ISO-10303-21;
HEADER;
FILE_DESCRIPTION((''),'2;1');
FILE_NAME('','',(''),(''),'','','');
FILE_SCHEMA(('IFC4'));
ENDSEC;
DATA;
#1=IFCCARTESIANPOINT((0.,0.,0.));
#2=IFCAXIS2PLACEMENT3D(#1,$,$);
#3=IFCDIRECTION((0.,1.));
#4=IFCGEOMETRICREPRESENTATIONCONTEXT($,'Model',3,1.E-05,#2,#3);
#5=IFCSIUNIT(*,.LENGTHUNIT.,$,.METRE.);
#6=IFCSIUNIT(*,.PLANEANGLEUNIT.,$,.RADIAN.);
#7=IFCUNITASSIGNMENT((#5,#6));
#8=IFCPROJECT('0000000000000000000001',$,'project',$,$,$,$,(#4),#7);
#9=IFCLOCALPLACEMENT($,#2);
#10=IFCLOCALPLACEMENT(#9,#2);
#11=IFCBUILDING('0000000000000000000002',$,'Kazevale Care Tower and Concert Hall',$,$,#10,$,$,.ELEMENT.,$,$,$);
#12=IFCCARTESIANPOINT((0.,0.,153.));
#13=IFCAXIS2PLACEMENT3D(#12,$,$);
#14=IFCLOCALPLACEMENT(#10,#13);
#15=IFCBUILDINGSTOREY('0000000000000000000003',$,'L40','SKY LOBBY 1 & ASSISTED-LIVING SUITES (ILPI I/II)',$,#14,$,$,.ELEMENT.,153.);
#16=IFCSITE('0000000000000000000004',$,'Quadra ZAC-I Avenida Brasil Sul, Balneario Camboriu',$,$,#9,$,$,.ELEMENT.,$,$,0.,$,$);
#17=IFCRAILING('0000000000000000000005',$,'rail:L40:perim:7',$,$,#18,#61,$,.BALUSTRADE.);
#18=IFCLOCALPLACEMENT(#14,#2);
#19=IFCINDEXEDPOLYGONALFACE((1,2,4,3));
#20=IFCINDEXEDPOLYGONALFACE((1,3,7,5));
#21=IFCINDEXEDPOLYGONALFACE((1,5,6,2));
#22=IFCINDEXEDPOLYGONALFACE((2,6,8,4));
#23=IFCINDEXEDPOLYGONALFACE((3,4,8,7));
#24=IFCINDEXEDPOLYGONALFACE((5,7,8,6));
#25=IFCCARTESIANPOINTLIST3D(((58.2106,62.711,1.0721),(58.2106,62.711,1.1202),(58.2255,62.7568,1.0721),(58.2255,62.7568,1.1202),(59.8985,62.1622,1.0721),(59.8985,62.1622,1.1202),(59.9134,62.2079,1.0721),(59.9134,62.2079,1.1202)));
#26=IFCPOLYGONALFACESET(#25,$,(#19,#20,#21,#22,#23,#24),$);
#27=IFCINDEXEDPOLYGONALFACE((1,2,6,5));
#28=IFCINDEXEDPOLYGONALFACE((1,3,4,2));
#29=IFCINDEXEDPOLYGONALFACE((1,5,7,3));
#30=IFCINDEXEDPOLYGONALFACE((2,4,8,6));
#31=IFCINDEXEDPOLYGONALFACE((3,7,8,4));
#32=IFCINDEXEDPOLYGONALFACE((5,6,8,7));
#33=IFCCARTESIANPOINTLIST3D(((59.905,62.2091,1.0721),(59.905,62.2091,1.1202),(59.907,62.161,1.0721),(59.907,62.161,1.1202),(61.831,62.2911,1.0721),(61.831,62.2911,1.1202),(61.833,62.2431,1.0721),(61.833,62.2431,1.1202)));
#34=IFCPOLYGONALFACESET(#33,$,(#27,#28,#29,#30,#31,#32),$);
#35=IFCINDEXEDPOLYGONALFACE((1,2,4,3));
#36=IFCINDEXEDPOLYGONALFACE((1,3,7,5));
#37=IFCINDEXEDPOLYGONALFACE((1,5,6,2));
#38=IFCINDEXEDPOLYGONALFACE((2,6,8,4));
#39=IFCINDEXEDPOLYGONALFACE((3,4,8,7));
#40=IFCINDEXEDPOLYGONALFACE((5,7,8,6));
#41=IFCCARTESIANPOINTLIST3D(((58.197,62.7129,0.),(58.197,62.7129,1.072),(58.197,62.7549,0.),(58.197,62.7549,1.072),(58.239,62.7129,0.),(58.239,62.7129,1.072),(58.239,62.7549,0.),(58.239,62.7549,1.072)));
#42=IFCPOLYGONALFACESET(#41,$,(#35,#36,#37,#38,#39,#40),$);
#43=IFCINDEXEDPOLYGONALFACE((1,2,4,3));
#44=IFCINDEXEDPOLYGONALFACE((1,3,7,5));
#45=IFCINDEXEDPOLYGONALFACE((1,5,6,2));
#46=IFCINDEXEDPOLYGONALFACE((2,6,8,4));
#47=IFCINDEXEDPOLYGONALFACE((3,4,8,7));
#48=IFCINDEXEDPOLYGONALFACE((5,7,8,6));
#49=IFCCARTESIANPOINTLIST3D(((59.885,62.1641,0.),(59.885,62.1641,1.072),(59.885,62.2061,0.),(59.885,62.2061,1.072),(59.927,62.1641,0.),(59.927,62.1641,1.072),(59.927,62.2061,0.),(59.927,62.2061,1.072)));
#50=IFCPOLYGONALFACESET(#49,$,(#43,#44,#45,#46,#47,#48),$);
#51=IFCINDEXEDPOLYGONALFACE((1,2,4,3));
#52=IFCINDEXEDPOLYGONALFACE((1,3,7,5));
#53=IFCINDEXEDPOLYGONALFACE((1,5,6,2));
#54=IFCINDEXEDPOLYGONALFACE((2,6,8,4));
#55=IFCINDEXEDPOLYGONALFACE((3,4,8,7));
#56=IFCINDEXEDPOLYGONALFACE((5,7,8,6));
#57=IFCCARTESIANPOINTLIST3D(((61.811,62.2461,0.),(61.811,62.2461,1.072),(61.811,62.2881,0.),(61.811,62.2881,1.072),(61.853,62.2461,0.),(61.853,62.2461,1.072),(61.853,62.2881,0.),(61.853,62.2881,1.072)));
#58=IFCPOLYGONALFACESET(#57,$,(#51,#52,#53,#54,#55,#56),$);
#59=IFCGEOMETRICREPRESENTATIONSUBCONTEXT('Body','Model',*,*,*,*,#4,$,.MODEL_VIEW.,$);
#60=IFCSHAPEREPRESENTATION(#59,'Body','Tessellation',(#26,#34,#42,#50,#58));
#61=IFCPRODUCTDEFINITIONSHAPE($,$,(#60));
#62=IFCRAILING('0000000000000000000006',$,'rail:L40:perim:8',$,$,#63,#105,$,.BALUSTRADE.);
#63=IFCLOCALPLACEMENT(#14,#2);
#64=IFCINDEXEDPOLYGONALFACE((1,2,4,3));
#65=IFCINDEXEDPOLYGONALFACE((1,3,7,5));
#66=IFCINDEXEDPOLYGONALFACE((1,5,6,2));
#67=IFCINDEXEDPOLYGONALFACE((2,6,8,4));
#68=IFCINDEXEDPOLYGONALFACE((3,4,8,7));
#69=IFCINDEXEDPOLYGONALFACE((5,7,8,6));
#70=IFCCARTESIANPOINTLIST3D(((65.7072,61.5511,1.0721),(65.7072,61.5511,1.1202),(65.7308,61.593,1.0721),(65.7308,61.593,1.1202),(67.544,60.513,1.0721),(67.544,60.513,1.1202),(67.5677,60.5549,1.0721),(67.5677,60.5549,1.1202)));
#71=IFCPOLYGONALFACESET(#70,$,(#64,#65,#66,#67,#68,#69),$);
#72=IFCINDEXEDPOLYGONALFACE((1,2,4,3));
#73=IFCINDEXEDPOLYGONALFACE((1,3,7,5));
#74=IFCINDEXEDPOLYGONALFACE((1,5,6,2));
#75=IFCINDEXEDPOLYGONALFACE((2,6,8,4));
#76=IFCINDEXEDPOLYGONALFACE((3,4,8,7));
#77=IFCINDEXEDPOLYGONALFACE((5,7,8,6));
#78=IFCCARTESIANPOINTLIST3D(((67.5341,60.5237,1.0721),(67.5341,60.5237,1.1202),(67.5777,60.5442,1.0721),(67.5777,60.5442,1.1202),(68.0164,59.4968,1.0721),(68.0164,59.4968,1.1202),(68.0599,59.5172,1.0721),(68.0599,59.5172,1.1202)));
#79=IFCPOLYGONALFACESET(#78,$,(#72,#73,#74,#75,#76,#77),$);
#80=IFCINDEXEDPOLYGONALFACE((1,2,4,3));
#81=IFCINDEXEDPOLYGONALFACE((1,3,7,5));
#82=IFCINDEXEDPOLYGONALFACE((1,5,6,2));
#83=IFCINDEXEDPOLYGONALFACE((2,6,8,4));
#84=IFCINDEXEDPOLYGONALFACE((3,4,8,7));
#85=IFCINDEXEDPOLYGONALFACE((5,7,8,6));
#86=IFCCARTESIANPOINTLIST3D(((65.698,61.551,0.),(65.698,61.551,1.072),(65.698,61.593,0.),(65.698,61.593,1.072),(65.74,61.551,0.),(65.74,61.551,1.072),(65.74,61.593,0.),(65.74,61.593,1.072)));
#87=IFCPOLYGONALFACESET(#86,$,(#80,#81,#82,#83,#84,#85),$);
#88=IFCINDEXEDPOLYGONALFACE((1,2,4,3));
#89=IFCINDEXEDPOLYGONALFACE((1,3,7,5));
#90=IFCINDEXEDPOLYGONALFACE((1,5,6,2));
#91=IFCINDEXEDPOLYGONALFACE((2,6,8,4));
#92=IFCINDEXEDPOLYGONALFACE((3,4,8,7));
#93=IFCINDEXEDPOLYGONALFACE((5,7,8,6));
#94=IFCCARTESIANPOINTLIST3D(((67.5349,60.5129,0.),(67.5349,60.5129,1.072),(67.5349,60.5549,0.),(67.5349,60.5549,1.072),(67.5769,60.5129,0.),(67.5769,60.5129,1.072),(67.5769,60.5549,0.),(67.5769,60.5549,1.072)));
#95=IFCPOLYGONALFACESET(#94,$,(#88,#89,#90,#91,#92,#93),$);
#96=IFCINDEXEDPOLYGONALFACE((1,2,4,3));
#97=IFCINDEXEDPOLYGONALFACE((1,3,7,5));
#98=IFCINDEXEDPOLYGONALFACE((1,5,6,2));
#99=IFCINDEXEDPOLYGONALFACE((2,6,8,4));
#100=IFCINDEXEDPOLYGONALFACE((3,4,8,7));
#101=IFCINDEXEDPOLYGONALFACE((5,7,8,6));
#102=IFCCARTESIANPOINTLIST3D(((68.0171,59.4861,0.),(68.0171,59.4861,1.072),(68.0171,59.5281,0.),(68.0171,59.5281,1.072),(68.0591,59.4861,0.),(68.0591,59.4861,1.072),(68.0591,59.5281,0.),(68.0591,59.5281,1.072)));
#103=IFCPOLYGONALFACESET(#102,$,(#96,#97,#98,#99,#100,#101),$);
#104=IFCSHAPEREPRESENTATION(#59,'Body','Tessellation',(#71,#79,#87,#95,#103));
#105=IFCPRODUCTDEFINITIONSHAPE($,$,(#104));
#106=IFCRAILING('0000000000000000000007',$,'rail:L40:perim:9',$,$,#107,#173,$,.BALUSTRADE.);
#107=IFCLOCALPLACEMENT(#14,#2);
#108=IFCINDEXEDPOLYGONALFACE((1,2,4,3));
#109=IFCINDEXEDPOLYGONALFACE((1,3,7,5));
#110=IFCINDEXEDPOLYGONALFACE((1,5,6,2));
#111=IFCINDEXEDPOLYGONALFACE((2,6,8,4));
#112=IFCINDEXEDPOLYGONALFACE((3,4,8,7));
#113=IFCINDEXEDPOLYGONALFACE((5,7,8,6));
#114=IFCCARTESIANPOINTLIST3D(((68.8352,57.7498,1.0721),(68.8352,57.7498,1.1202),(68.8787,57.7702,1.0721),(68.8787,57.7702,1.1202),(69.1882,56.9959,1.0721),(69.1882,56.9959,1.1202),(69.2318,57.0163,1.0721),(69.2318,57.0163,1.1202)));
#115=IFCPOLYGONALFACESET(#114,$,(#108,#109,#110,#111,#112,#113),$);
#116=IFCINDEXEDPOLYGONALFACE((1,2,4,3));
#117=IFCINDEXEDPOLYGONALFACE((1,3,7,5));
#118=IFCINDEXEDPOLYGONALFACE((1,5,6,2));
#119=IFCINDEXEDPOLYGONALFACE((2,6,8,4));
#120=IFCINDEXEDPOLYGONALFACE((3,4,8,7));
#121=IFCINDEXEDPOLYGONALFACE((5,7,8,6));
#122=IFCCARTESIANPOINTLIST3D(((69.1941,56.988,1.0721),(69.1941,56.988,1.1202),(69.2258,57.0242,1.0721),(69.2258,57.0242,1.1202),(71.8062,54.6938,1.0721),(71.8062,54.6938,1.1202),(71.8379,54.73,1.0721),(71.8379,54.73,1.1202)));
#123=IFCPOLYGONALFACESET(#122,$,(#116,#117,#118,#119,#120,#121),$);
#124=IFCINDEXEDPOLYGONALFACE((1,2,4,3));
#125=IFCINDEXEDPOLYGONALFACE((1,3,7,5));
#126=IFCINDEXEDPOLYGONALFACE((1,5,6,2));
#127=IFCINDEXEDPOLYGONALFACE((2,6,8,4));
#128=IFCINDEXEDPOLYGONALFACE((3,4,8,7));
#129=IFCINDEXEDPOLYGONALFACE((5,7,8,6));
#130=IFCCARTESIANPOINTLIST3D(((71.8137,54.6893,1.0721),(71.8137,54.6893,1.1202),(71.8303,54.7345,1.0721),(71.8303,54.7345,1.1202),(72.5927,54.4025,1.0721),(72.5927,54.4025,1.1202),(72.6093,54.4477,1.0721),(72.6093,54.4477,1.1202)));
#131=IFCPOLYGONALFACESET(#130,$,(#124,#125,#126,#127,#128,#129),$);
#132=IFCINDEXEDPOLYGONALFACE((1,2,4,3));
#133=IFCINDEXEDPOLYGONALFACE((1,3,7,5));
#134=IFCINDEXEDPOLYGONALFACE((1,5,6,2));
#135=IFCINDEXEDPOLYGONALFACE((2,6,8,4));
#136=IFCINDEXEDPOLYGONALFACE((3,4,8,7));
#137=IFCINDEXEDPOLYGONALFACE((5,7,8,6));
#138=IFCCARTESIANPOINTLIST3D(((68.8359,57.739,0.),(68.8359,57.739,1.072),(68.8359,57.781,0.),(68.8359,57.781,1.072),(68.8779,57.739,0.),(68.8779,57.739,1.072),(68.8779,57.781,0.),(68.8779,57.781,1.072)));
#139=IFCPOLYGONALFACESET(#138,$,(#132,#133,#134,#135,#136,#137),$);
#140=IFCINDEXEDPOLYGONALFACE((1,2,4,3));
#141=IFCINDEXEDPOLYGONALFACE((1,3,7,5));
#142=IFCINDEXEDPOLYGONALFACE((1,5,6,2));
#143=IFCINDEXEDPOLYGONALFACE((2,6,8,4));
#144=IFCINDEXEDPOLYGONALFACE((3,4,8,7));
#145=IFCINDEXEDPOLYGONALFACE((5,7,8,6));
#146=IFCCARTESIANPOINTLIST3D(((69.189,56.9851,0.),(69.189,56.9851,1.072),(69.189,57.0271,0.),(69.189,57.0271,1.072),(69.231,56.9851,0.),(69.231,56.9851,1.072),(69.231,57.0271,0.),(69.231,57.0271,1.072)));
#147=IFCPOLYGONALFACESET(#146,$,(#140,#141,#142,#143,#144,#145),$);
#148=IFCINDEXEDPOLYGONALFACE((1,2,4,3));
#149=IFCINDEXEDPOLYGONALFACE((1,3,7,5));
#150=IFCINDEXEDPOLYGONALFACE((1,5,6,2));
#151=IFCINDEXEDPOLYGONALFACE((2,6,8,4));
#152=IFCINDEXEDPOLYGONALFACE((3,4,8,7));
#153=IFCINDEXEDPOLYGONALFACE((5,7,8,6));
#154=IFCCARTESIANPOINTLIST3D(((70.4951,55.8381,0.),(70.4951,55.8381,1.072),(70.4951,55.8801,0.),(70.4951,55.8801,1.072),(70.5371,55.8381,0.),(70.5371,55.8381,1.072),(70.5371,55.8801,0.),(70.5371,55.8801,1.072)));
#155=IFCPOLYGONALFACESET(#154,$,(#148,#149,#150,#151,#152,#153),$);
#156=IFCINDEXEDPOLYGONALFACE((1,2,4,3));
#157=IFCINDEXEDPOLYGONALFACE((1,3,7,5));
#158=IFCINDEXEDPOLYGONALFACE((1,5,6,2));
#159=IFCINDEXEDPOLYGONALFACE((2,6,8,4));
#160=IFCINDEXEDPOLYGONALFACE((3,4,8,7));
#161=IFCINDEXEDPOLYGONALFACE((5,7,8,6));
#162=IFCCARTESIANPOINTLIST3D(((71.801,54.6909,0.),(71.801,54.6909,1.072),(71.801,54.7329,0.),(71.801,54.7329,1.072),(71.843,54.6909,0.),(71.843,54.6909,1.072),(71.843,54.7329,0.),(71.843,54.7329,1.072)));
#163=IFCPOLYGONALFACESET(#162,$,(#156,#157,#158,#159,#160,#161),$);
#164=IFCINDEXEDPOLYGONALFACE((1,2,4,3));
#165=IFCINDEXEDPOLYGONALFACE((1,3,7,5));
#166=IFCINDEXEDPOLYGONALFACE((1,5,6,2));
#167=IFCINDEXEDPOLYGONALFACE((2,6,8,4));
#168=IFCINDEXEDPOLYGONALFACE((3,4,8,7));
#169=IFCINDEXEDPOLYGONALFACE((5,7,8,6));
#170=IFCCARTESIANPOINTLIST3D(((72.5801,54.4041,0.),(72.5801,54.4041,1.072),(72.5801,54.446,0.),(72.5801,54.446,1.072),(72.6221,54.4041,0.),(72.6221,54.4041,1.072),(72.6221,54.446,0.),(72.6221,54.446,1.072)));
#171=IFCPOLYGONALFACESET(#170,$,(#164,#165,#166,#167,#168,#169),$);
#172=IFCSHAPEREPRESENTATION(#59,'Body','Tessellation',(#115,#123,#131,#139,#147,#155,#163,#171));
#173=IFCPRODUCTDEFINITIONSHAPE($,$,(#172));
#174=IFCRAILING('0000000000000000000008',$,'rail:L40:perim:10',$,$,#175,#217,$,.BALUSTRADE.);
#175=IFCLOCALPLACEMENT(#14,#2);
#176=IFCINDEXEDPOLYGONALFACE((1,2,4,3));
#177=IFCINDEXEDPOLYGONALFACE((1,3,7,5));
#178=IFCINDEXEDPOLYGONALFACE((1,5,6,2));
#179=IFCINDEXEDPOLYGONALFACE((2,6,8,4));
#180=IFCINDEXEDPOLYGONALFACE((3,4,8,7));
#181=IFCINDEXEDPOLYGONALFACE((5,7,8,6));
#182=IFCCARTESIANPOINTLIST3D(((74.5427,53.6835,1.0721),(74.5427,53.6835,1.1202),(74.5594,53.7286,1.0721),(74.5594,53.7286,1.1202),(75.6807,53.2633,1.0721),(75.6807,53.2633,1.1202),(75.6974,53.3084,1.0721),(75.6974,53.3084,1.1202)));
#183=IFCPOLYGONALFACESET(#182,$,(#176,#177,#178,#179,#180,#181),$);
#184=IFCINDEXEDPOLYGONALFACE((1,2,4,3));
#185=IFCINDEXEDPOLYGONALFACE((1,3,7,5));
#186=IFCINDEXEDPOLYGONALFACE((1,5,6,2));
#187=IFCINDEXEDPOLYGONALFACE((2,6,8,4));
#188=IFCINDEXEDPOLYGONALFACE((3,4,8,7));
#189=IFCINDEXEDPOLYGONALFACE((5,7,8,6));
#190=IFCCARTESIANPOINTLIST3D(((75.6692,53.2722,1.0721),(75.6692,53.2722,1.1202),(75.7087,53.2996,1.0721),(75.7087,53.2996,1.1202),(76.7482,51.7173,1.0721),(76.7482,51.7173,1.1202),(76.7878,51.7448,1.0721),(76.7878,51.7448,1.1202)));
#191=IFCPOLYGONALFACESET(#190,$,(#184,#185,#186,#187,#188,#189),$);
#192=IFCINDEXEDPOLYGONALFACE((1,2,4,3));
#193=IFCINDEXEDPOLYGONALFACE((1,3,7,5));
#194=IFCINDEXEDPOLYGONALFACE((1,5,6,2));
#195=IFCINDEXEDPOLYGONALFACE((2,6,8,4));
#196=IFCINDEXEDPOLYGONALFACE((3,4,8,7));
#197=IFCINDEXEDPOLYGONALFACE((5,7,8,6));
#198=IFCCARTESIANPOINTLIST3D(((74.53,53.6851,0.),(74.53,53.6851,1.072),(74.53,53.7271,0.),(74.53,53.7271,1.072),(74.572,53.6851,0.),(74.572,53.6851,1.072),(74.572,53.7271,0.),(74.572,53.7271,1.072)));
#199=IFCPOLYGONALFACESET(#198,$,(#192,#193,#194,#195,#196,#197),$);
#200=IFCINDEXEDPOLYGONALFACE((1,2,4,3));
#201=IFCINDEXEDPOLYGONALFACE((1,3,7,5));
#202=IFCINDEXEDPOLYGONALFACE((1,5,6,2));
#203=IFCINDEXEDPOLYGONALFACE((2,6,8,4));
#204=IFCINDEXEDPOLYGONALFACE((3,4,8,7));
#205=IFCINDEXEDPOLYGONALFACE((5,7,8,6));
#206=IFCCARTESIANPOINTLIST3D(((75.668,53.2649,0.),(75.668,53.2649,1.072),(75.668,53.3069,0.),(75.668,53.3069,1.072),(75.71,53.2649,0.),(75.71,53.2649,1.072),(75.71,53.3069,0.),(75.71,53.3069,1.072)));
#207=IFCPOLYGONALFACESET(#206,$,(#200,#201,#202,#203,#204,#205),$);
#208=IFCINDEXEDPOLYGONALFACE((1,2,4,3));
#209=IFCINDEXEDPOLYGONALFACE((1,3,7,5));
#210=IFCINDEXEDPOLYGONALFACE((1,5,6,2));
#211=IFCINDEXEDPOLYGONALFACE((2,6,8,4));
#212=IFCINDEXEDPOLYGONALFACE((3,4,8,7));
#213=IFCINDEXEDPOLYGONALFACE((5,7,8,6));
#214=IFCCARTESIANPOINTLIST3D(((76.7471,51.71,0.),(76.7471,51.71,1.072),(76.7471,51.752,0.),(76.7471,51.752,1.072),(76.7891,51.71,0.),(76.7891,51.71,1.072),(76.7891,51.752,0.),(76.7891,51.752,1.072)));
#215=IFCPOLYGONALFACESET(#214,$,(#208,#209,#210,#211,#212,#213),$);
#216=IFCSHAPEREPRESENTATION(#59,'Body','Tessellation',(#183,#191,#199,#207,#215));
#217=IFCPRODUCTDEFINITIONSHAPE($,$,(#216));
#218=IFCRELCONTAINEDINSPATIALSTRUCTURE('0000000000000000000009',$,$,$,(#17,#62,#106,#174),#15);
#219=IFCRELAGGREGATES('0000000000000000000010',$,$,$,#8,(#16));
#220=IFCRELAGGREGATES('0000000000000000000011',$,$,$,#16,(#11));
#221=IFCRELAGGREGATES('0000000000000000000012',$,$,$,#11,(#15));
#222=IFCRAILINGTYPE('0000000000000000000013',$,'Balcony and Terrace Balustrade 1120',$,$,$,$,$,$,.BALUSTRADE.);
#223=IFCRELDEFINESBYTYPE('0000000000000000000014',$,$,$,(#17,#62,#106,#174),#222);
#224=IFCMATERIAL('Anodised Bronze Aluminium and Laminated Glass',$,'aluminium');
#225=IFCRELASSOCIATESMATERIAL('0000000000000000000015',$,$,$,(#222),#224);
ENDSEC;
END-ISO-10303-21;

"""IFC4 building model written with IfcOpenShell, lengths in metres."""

from ifc_helpers import new_model, si_unit, direction, frame, origin, origin_2d, place, context, subcontext, project, spatial, rectangle, extrude, material, type_object, element, save


model = new_model("IFC4")

# Units and contexts
model_context = context("Model", 3, precision=1e-05, world=origin(), true_north=direction((0.0, 1.0)))
body_context = subcontext(model_context, "Body", "Model", "MODEL_VIEW")
ifc_project = project(units=[si_unit("LENGTHUNIT", "METRE"), si_unit("PLANEANGLEUNIT", "RADIAN")], contexts=[model_context])

# Site, building, storey
site_placement = place(None, origin())
site = spatial("IfcSite", under=ifc_project, at=site_placement, Name="Quadra ZAC-I Avenida Brasil Sul, Balneario Camboriu", CompositionType="ELEMENT", RefElevation=0.0)
building_placement = place(site_placement, origin())
building = spatial("IfcBuilding", under=site, at=building_placement, Name="Kazevale Care Tower and Concert Hall", CompositionType="ELEMENT")
storey_placement = place(building_placement, frame((0.0, 0.0, 153.0)))
storey = spatial("IfcBuildingStorey", under=building, at=storey_placement, Name="L40", Description="SKY LOBBY 1 & ASSISTED-LIVING SUITES (ILPI I/II)", CompositionType="ELEMENT", Elevation=153.0)

# Railings
ifc_material_1 = material(Name="Anodised Bronze Aluminium and Laminated Glass", Category="aluminium")
railing_type = type_object("IfcRailingType", Name="Balcony and Terrace Balustrade 1120", PredefinedType="BALUSTRADE", material=ifc_material_1)
railing_1_placement = place(storey_placement, frame((58.218, 62.7339, 0.0)))
element("IfcRailing", 1, at=railing_1_placement, inside=storey, type_object=railing_type, Name="rail:L40:perim:7", PredefinedType="BALUSTRADE", context=body_context, shape_type="SweptSolid", body=[
    extrude(rectangle(XDim=0.0481, YDim=0.0481, at=origin_2d()), frame((0.0, 0.0, 1.0962), z_axis=(0.950996, -0.309204, 0.0), x_axis=(0.309204, 0.950996, 0.0)), (0.0, 0.0, 1.0), 1.7749),
    extrude(rectangle(XDim=0.0481, YDim=0.0481, at=origin_2d()), frame((1.688, -0.5488, 1.0962), z_axis=(0.999094, 0.042552, 0.0), x_axis=(-0.042552, 0.999094, 0.0)), (0.0, 0.0, 1.0), 1.9277),
    extrude(rectangle(XDim=0.042, YDim=0.042, at=origin_2d()), origin(), (0.0, 0.0, 1.0), 1.072),
    extrude(rectangle(XDim=0.042, YDim=0.042, at=origin_2d()), frame((1.688, -0.5488, 0.0)), (0.0, 0.0, 1.0), 1.072),
    extrude(rectangle(XDim=0.042, YDim=0.042, at=origin_2d()), frame((3.614, -0.4668, 0.0)), (0.0, 0.0, 1.0), 1.072),
])
railing_2_placement = place(storey_placement, frame((65.719, 61.572, 0.0)))
element("IfcRailing", 2, at=railing_2_placement, inside=storey, type_object=railing_type, Name="rail:L40:perim:8", PredefinedType="BALUSTRADE", context=body_context, shape_type="SweptSolid", body=[
    extrude(rectangle(XDim=0.0481, YDim=0.0481, at=origin_2d()), frame((0.0, 0.0, 1.0962), z_axis=(0.870597, -0.491996, 0.0), x_axis=(0.491996, 0.870597, 0.0)), (0.0, 0.0, 1.0), 2.1099),
    extrude(rectangle(XDim=0.0481, YDim=0.0481, at=origin_2d()), frame((1.8369, -1.0381, 1.0962), z_axis=(0.42504, -0.905174, 0.0), x_axis=(0.905174, 0.42504, 0.0)), (0.0, 0.0, 1.0), 1.1345),
    extrude(rectangle(XDim=0.042, YDim=0.042, at=origin_2d()), origin(), (0.0, 0.0, 1.0), 1.072),
    extrude(rectangle(XDim=0.042, YDim=0.042, at=origin_2d()), frame((1.8369, -1.0381, 0.0)), (0.0, 0.0, 1.0), 1.072),
    extrude(rectangle(XDim=0.042, YDim=0.042, at=origin_2d()), frame((2.3191, -2.0649, 0.0)), (0.0, 0.0, 1.0), 1.072),
])
railing_3_placement = place(storey_placement, frame((68.8569, 57.76, 0.0)))
element("IfcRailing", 3, at=railing_3_placement, inside=storey, type_object=railing_type, Name="rail:L40:perim:9", PredefinedType="BALUSTRADE", context=body_context, shape_type="SweptSolid", body=[
    extrude(rectangle(XDim=0.0481, YDim=0.0481, at=origin_2d()), frame((0.0, 0.0, 1.0962), z_axis=(0.424073, -0.905628, 0.0), x_axis=(0.905628, 0.424073, 0.0)), (0.0, 0.0, 1.0), 0.8325),
    extrude(rectangle(XDim=0.0481, YDim=0.0481, at=origin_2d()), frame((0.353, -0.7539, 1.0962), z_axis=(0.751344, -0.65991, 0.0), x_axis=(0.65991, 0.751344, 0.0)), (0.0, 0.0, 1.0), 3.4766),
    extrude(rectangle(XDim=0.0481, YDim=0.0481, at=origin_2d()), frame((2.9651, -3.0481, 1.0962), z_axis=(0.938403, -0.345542, 0.0), x_axis=(0.345542, 0.938403, 0.0)), (0.0, 0.0, 1.0), 0.8301),
    extrude(rectangle(XDim=0.042, YDim=0.042, at=origin_2d()), origin(), (0.0, 0.0, 1.0), 1.072),
    extrude(rectangle(XDim=0.042, YDim=0.042, at=origin_2d()), frame((0.353, -0.7539, 0.0)), (0.0, 0.0, 1.0), 1.072),
    extrude(rectangle(XDim=0.042, YDim=0.042, at=origin_2d()), frame((1.6592, -1.9009, 0.0)), (0.0, 0.0, 1.0), 1.072),
    extrude(rectangle(XDim=0.042, YDim=0.042, at=origin_2d()), frame((2.9651, -3.0481, 0.0)), (0.0, 0.0, 1.0), 1.072),
    extrude(rectangle(XDim=0.042, YDim=0.042, at=origin_2d()), frame((3.7441, -3.335, 0.0)), (0.0, 0.0, 1.0), 1.072),
])
railing_4_placement = place(storey_placement, frame((74.551, 53.7061, 0.0)))
element("IfcRailing", 4, at=railing_4_placement, inside=storey, type_object=railing_type, Name="rail:L40:perim:10", PredefinedType="BALUSTRADE", context=body_context, shape_type="SweptSolid", body=[
    extrude(rectangle(XDim=0.0481, YDim=0.0481, at=origin_2d()), frame((0.0, 0.0, 1.0962), z_axis=(0.938095, -0.346377, 0.0), x_axis=(0.346377, 0.938095, 0.0)), (0.0, 0.0, 1.0), 1.2131),
    extrude(rectangle(XDim=0.0481, YDim=0.0481, at=origin_2d()), frame((1.1379, -0.4202, 1.0962), z_axis=(0.570142, -0.821546, 0.0), x_axis=(0.821546, 0.570142, 0.0)), (0.0, 0.0, 1.0), 1.8926),
    extrude(rectangle(XDim=0.042, YDim=0.042, at=origin_2d()), origin(), (0.0, 0.0, 1.0), 1.072),
    extrude(rectangle(XDim=0.042, YDim=0.042, at=origin_2d()), frame((1.1379, -0.4202, 0.0)), (0.0, 0.0, 1.0), 1.072),
    extrude(rectangle(XDim=0.042, YDim=0.042, at=origin_2d()), frame((2.217, -1.9751, 0.0)), (0.0, 0.0, 1.0), 1.072),
])

save(model, "model.ifc")
